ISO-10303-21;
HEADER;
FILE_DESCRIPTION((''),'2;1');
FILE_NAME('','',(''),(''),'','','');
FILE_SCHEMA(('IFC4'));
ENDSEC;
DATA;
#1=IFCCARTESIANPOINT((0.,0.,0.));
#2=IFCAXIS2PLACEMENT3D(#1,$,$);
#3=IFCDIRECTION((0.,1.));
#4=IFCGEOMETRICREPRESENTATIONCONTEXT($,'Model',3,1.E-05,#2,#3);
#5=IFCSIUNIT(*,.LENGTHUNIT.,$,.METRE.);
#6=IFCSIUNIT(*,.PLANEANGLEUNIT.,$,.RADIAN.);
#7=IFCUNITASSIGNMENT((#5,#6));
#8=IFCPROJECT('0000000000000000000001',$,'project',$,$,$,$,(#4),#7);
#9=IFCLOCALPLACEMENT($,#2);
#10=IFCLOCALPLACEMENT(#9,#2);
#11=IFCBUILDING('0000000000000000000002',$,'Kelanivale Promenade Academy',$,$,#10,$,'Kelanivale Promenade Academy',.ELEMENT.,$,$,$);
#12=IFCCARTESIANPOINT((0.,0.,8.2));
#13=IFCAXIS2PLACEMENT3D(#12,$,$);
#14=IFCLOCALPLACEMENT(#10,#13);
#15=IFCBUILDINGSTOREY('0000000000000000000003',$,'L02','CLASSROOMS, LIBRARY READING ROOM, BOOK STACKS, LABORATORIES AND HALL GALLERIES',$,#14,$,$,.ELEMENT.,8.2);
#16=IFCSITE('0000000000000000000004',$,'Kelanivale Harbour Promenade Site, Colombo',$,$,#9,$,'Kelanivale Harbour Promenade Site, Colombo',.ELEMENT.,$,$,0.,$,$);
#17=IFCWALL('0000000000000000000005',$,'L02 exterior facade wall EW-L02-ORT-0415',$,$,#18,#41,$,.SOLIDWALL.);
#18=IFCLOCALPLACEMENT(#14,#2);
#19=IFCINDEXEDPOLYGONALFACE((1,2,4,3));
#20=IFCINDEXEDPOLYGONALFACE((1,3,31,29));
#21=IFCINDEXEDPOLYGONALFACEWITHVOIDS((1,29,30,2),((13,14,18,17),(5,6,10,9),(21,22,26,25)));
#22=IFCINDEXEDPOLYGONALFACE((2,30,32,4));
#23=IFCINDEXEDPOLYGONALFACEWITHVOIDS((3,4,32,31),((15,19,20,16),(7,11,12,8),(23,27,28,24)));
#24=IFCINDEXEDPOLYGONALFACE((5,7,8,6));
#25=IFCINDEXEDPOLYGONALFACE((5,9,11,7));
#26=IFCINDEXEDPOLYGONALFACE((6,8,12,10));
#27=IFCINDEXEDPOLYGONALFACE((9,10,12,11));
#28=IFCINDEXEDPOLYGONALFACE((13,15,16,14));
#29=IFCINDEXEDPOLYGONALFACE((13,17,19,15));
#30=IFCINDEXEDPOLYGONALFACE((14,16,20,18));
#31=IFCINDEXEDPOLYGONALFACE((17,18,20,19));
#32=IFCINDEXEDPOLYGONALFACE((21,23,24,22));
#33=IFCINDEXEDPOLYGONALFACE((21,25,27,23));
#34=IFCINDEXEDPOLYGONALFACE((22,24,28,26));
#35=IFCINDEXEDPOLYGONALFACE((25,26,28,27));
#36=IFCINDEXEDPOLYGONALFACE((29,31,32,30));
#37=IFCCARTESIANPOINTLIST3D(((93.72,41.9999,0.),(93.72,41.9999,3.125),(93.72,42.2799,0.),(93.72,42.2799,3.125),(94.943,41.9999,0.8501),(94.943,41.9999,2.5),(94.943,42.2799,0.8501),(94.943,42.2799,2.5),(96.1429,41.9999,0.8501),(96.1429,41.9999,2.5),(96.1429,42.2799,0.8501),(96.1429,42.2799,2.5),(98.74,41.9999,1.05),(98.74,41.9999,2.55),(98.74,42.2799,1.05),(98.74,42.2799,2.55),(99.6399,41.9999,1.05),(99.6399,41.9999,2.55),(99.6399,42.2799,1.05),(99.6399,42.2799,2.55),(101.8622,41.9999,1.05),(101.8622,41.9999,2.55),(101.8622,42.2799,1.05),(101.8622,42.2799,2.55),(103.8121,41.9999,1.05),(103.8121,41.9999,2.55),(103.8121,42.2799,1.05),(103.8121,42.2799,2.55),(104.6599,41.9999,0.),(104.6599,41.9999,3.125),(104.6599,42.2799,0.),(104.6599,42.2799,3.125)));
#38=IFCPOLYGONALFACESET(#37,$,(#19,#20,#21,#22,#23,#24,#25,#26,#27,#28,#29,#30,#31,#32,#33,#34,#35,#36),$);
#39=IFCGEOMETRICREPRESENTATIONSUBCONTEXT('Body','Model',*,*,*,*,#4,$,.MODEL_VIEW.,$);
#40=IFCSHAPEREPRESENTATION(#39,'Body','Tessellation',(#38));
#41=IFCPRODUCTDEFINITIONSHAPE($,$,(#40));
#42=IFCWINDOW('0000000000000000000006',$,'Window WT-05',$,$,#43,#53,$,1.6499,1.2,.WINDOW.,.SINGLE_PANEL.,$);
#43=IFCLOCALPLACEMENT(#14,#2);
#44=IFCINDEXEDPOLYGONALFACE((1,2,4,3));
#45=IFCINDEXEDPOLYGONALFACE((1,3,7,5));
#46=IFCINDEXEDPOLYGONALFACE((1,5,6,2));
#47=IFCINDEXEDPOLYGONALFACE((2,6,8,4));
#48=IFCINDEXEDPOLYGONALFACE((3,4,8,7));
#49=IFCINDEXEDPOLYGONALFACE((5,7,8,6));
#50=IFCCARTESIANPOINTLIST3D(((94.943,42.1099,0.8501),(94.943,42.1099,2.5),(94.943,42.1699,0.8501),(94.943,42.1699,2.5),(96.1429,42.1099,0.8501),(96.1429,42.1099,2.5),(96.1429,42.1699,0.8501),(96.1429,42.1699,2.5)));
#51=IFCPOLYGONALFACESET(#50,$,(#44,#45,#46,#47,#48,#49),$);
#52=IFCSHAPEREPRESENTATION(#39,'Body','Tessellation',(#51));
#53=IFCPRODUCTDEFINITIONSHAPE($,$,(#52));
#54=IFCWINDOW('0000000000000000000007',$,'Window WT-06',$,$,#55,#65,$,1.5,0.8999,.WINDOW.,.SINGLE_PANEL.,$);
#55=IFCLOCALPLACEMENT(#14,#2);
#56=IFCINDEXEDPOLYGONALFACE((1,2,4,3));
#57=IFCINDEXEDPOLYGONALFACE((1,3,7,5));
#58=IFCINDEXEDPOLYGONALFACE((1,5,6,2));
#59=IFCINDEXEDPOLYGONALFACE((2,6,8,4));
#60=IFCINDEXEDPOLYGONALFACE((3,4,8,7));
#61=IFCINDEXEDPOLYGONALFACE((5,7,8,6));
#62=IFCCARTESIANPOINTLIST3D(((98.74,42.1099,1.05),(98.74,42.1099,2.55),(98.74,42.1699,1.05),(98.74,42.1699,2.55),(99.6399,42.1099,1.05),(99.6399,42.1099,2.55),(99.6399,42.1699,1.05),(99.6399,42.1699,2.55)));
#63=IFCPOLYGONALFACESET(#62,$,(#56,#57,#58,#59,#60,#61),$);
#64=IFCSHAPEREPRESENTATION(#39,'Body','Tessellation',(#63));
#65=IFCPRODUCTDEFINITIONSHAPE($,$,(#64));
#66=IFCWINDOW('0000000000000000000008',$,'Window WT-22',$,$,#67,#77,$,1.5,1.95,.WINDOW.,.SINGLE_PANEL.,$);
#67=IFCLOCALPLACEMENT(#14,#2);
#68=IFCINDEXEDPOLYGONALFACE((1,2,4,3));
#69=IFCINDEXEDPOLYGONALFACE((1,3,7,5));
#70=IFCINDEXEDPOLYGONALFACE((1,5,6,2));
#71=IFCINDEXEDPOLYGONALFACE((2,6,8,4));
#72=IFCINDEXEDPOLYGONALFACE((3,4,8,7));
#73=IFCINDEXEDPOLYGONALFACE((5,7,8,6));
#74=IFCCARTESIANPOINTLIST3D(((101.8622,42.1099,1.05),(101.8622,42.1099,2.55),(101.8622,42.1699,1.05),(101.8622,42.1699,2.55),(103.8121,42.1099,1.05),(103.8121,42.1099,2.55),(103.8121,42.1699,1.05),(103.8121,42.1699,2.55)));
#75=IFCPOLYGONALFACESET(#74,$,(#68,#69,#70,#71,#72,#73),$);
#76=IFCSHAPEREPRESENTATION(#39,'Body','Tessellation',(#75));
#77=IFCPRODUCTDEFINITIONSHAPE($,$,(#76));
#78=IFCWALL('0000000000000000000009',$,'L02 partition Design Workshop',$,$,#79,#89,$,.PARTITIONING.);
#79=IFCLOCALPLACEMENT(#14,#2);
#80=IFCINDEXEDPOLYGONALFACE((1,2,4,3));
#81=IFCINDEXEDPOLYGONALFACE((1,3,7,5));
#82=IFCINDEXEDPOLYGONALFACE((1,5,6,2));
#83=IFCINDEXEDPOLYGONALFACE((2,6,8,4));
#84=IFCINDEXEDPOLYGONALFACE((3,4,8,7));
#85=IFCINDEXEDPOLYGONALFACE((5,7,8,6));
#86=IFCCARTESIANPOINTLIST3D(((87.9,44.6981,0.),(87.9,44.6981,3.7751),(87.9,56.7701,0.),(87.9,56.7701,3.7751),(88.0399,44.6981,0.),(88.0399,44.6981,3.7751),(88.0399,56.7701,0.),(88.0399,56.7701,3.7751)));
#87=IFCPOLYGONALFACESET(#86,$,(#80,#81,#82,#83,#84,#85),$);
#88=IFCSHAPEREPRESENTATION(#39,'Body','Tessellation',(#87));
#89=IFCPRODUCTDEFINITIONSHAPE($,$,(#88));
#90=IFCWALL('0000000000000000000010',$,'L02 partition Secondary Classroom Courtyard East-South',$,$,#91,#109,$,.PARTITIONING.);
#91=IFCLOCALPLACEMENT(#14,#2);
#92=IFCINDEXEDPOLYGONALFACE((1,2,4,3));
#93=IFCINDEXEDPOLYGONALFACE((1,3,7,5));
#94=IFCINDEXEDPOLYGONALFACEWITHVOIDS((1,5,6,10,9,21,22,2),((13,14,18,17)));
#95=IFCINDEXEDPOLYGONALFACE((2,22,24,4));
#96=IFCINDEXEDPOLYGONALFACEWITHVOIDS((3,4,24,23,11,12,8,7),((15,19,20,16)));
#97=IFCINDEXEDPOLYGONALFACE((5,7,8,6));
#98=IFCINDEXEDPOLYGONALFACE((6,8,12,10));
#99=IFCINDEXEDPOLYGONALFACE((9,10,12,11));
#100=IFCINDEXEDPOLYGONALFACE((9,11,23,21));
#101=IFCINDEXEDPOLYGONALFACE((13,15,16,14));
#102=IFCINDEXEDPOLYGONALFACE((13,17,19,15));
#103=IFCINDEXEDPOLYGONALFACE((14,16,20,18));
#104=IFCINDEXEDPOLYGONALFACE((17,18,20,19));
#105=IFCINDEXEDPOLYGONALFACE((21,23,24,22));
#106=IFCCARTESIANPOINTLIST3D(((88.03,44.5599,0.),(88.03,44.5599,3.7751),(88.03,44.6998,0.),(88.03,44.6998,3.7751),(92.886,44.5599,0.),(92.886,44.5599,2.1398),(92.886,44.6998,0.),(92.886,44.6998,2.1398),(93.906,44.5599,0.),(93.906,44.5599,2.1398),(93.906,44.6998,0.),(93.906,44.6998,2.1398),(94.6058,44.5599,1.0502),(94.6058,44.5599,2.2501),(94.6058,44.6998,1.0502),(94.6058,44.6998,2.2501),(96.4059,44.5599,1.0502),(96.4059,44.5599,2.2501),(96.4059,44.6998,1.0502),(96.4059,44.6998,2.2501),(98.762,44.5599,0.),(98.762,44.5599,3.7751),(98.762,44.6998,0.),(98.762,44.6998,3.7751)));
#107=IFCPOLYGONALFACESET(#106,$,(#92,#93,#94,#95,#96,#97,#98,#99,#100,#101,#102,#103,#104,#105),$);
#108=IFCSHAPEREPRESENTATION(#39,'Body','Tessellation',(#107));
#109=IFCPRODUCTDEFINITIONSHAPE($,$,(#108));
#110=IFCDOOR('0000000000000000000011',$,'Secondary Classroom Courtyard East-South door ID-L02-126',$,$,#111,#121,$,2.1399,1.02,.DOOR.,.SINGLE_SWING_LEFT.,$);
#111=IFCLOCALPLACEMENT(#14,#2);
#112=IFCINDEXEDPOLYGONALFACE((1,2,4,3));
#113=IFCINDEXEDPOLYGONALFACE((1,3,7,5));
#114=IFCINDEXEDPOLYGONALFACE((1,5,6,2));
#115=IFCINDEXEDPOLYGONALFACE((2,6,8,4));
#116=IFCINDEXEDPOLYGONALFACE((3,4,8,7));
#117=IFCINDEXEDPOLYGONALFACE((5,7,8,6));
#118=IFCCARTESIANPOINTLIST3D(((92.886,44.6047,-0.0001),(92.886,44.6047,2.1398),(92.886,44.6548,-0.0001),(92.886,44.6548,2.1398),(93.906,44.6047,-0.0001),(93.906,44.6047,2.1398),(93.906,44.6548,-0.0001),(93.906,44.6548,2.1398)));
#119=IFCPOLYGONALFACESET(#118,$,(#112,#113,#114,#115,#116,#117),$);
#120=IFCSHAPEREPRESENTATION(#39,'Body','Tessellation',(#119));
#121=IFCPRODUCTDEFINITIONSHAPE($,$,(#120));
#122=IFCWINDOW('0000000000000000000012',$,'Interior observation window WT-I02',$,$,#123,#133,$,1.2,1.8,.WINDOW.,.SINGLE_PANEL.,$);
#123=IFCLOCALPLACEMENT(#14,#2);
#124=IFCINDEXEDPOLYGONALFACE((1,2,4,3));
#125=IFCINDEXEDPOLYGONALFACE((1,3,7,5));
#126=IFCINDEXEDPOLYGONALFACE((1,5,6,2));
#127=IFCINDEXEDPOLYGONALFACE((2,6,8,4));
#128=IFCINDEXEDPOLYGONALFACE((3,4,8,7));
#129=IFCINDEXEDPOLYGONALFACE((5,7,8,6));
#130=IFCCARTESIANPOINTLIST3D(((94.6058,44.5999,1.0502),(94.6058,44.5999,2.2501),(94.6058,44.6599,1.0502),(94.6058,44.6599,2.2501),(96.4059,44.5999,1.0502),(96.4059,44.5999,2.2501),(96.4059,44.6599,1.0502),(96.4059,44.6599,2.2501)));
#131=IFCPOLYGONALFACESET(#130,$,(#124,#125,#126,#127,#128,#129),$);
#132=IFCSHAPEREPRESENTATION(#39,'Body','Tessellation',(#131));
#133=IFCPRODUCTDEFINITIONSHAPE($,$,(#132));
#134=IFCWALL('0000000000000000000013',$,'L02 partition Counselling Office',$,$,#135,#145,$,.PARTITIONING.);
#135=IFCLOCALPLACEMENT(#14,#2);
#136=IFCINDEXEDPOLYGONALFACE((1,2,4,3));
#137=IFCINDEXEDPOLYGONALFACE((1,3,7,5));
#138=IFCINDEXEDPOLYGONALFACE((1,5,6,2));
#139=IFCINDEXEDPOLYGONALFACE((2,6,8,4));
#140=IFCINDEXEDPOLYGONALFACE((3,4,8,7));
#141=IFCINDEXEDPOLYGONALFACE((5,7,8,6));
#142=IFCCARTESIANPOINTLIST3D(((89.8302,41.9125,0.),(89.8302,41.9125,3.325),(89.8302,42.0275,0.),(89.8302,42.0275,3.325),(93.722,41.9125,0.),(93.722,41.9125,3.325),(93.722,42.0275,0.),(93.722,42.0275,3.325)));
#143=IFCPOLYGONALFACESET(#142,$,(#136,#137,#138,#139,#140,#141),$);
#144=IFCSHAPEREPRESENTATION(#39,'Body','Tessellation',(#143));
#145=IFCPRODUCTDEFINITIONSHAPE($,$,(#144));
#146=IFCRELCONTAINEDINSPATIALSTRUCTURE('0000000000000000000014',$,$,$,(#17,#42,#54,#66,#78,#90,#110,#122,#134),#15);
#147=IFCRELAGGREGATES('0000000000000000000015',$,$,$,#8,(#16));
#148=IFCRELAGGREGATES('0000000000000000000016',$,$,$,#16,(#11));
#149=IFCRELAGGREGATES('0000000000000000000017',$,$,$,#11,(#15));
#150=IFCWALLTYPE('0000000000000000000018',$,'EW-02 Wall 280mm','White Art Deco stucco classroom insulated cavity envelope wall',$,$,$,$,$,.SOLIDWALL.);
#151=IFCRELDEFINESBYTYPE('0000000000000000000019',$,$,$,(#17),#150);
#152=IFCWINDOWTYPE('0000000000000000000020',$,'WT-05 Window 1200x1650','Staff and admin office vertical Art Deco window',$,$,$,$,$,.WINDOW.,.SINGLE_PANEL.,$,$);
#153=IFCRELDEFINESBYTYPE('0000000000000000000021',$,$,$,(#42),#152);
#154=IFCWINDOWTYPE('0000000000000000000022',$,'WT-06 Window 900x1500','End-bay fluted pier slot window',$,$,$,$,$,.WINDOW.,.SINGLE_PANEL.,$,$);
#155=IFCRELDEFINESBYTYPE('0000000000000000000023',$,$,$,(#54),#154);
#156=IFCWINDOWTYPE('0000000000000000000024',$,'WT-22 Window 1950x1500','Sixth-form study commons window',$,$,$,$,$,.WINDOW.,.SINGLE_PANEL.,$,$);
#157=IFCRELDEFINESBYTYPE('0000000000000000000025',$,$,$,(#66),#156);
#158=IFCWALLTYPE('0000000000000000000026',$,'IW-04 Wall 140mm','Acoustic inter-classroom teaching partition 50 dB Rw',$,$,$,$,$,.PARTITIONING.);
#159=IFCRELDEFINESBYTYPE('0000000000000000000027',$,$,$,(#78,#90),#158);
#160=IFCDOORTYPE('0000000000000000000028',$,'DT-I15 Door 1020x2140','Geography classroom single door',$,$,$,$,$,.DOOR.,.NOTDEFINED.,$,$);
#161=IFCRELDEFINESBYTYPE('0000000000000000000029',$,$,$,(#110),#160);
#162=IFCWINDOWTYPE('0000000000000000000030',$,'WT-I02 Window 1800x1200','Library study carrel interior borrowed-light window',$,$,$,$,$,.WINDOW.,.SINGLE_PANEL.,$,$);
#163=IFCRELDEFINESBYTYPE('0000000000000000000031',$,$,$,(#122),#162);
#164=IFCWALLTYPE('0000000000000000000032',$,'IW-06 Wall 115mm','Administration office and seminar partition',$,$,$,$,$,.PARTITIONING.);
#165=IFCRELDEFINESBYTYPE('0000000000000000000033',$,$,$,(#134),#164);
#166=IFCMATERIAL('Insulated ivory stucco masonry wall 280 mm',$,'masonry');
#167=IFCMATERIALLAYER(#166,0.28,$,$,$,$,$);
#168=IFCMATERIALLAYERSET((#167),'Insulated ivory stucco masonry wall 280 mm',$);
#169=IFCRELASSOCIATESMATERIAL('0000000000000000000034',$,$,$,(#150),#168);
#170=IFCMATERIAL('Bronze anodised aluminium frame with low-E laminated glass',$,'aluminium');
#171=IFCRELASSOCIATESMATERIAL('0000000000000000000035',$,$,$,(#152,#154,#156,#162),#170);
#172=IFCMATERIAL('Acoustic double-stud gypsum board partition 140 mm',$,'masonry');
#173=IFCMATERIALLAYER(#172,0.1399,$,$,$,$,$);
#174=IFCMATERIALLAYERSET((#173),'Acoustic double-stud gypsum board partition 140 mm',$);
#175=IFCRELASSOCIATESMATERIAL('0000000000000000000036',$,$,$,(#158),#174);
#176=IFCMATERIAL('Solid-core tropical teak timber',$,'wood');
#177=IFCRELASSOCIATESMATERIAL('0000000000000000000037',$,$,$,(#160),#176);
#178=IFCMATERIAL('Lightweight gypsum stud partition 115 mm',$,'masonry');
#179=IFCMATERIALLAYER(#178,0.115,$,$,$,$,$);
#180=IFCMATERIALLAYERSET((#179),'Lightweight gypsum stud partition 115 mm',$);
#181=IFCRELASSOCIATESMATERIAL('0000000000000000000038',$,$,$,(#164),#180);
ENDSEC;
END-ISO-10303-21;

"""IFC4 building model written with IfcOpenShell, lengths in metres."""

from ifc_helpers import new_model, si_unit, direction, frame, frame_2d, origin, place, context, subcontext, project, spatial, rectangle, extrude, material, layer, layer_set, type_object, element, fill, save


model = new_model("IFC4")

# Units and contexts
model_context = context("Model", 3, precision=1e-05, world=origin(), true_north=direction((0.0, 1.0)))
body_context = subcontext(model_context, "Body", "Model", "MODEL_VIEW")
ifc_project = project(units=[si_unit("LENGTHUNIT", "METRE"), si_unit("PLANEANGLEUNIT", "RADIAN")], contexts=[model_context])

# Site, building, storey
site_placement = place(None, origin())
site = spatial("IfcSite", under=ifc_project, at=site_placement, Name="Kelanivale Harbour Promenade Site, Colombo", LongName="Kelanivale Harbour Promenade Site, Colombo", CompositionType="ELEMENT", RefElevation=0.0)
building_placement = place(site_placement, origin())
building = spatial("IfcBuilding", under=site, at=building_placement, Name="Kelanivale Promenade Academy", LongName="Kelanivale Promenade Academy", CompositionType="ELEMENT")
storey_placement = place(building_placement, frame((0.0, 0.0, 8.2)))
storey = spatial("IfcBuildingStorey", under=building, at=storey_placement, Name="L02", Description="CLASSROOMS, LIBRARY READING ROOM, BOOK STACKS, LABORATORIES AND HALL GALLERIES", CompositionType="ELEMENT", Elevation=8.2)

# Wall, openings, windows
ifc_material_1 = material(Name="Insulated ivory stucco masonry wall 280 mm", Category="masonry")
ifc_layer_1 = layer(ifc_material_1, 0.28)
ifc_layer_set_1 = layer_set([ifc_layer_1], Name="Insulated ivory stucco masonry wall 280 mm")
wall_type_1 = type_object("IfcWallType", Name="EW-02 Wall 280mm", Description="White Art Deco stucco classroom insulated cavity envelope wall", PredefinedType="SOLIDWALL", material=ifc_layer_set_1)
wall_1_placement = place(storey_placement, frame((93.72, 42.1399, 0.0), z_axis=(0.0, 0.0, 1.0), x_axis=(1.0, 0.0, 0.0)))
wall_1 = element("IfcWall", 1, at=wall_1_placement, inside=storey, type_object=wall_type_1, Name="L02 exterior facade wall EW-L02-ORT-0415", PredefinedType="SOLIDWALL", context=body_context, shape_type="SweptSolid", body=[
    extrude(rectangle(XDim=10.9399, YDim=0.28, at=frame_2d((5.47, 0.0))), origin(), (0.0, 0.0, 1.0), 3.125),
])
opening_1_placement = place(wall_1_placement, frame((1.2229, 0.0, 0.8501)))
opening_1 = element("IfcOpeningElement", 2, at=opening_1_placement, cuts=wall_1, PredefinedType="OPENING", context=body_context, shape_type="SweptSolid", body=[
    extrude(rectangle(XDim=1.2, YDim=1.6499, at=frame_2d((0.6001, 0.825))), frame((0.0, 0.1499, 0.0), z_axis=(0.0, -1.0, 0.0), x_axis=(1.0, 0.0, 0.0)), (0.0, 0.0, 1.0), 0.3),
])
opening_2_placement = place(wall_1_placement, frame((5.02, 0.0, 1.05)))
opening_2 = element("IfcOpeningElement", 3, at=opening_2_placement, cuts=wall_1, PredefinedType="OPENING", context=body_context, shape_type="SweptSolid", body=[
    extrude(rectangle(XDim=0.8999, YDim=1.5, at=frame_2d((0.45, 0.75))), frame((0.0, 0.1499, 0.0), z_axis=(0.0, -1.0, 0.0), x_axis=(1.0, 0.0, 0.0)), (0.0, 0.0, 1.0), 0.3),
])
opening_3_placement = place(wall_1_placement, frame((8.1421, 0.0, 1.05)))
opening_3 = element("IfcOpeningElement", 4, at=opening_3_placement, cuts=wall_1, PredefinedType="OPENING", context=body_context, shape_type="SweptSolid", body=[
    extrude(rectangle(XDim=1.95, YDim=1.5, at=frame_2d((0.9751, 0.75))), frame((0.0, 0.1499, 0.0), z_axis=(0.0, -1.0, 0.0), x_axis=(1.0, 0.0, 0.0)), (0.0, 0.0, 1.0), 0.3),
])
ifc_material_2 = material(Name="Bronze anodised aluminium frame with low-E laminated glass", Category="aluminium")
window_type_1 = type_object("IfcWindowType", Name="WT-05 Window 1200x1650", Description="Staff and admin office vertical Art Deco window", PartitioningType="SINGLE_PANEL", PredefinedType="WINDOW", material=ifc_material_2)
window_1_placement = place(opening_1_placement, origin())
window_1 = element("IfcWindow", 5, at=window_1_placement, inside=storey, type_object=window_type_1, Name="Window WT-05", OverallHeight=1.6499, OverallWidth=1.2, PartitioningType="SINGLE_PANEL", PredefinedType="WINDOW", context=body_context, shape_type="SweptSolid", body=[
    extrude(rectangle(XDim=1.2, YDim=1.6499, at=frame_2d((0.6001, 0.825))), frame((0.0, 0.03, 0.0), z_axis=(0.0, -1.0, 0.0), x_axis=(1.0, 0.0, 0.0)), (0.0, 0.0, 1.0), 0.0601),
])
fill(opening_1, window_1)
window_type_2 = type_object("IfcWindowType", Name="WT-06 Window 900x1500", Description="End-bay fluted pier slot window", PartitioningType="SINGLE_PANEL", PredefinedType="WINDOW", material=ifc_material_2)
window_2_placement = place(opening_2_placement, origin())
window_2 = element("IfcWindow", 6, at=window_2_placement, inside=storey, type_object=window_type_2, Name="Window WT-06", OverallHeight=1.5, OverallWidth=0.8999, PartitioningType="SINGLE_PANEL", PredefinedType="WINDOW", context=body_context, shape_type="SweptSolid", body=[
    extrude(rectangle(XDim=0.8999, YDim=1.5, at=frame_2d((0.45, 0.75))), frame((0.0, 0.03, 0.0), z_axis=(0.0, -1.0, 0.0), x_axis=(1.0, 0.0, 0.0)), (0.0, 0.0, 1.0), 0.0601),
])
fill(opening_2, window_2)
window_type_3 = type_object("IfcWindowType", Name="WT-22 Window 1950x1500", Description="Sixth-form study commons window", PartitioningType="SINGLE_PANEL", PredefinedType="WINDOW", material=ifc_material_2)
window_3_placement = place(opening_3_placement, origin())
window_3 = element("IfcWindow", 7, at=window_3_placement, inside=storey, type_object=window_type_3, Name="Window WT-22", OverallHeight=1.5, OverallWidth=1.95, PartitioningType="SINGLE_PANEL", PredefinedType="WINDOW", context=body_context, shape_type="SweptSolid", body=[
    extrude(rectangle(XDim=1.95, YDim=1.5, at=frame_2d((0.9751, 0.75))), frame((0.0, 0.03, 0.0), z_axis=(0.0, -1.0, 0.0), x_axis=(1.0, 0.0, 0.0)), (0.0, 0.0, 1.0), 0.0601),
])
fill(opening_3, window_3)

# Wall
ifc_material_3 = material(Name="Acoustic double-stud gypsum board partition 140 mm", Category="masonry")
ifc_layer_2 = layer(ifc_material_3, 0.1399)
ifc_layer_set_2 = layer_set([ifc_layer_2], Name="Acoustic double-stud gypsum board partition 140 mm")
wall_type_2 = type_object("IfcWallType", Name="IW-04 Wall 140mm", Description="Acoustic inter-classroom teaching partition 50 dB Rw", PredefinedType="PARTITIONING", material=ifc_layer_set_2)
wall_2_placement = place(storey_placement, frame((87.97, 44.698, 0.0), z_axis=(0.0, 0.0, 1.0), x_axis=(0.0, 1.0, 0.0)))
element("IfcWall", 8, at=wall_2_placement, inside=storey, type_object=wall_type_2, Name="L02 partition Design Workshop", PredefinedType="PARTITIONING", context=body_context, shape_type="SweptSolid", body=[
    extrude(rectangle(XDim=12.072, YDim=0.1399, at=frame_2d((6.0361, 0.0))), origin(), (0.0, 0.0, 1.0), 3.7751),
])

# Wall, openings, door, window
wall_3_placement = place(storey_placement, frame((88.03, 44.6299, 0.0), z_axis=(0.0, 0.0, 1.0), x_axis=(1.0, 0.0, 0.0)))
wall_3 = element("IfcWall", 9, at=wall_3_placement, inside=storey, type_object=wall_type_2, Name="L02 partition Secondary Classroom Courtyard East-South", PredefinedType="PARTITIONING", context=body_context, shape_type="SweptSolid", body=[
    extrude(rectangle(XDim=10.7319, YDim=0.1399, at=frame_2d((5.366, 0.0))), origin(), (0.0, 0.0, 1.0), 3.7751),
])
opening_4_placement = place(wall_3_placement, frame((4.856, 0.0, 0.0)))
opening_4 = element("IfcOpeningElement", 10, at=opening_4_placement, cuts=wall_3, PredefinedType="OPENING", context=body_context, shape_type="SweptSolid", body=[
    extrude(rectangle(XDim=1.02, YDim=2.1399, at=frame_2d((0.51, 1.0698))), frame((0.0, 0.0801, 0.0), z_axis=(0.0, -1.0, 0.0), x_axis=(1.0, 0.0, 0.0)), (0.0, 0.0, 1.0), 0.1599),
])
opening_5_placement = place(wall_3_placement, frame((6.5759, 0.0, 1.05)))
opening_5 = element("IfcOpeningElement", 11, at=opening_5_placement, cuts=wall_3, PredefinedType="OPENING", context=body_context, shape_type="SweptSolid", body=[
    extrude(rectangle(XDim=1.8, YDim=1.2, at=frame_2d((0.8999, 0.6001))), frame((0.0, 0.0801, 0.0), z_axis=(0.0, -1.0, 0.0), x_axis=(1.0, 0.0, 0.0)), (0.0, 0.0, 1.0), 0.1599),
])
ifc_material_4 = material(Name="Solid-core tropical teak timber", Category="wood")
door_type_1 = type_object("IfcDoorType", Name="DT-I15 Door 1020x2140", Description="Geography classroom single door", OperationType="NOTDEFINED", PredefinedType="DOOR", material=ifc_material_4)
door_1_placement = place(opening_4_placement, origin())
door_1 = element("IfcDoor", 12, at=door_1_placement, inside=storey, type_object=door_type_1, Name="Secondary Classroom Courtyard East-South door ID-L02-126", OperationType="SINGLE_SWING_LEFT", OverallHeight=2.1399, OverallWidth=1.02, PredefinedType="DOOR", context=body_context, shape_type="SweptSolid", body=[
    extrude(rectangle(XDim=1.02, YDim=2.1399, at=frame_2d((0.51, 1.0698))), frame((0.0, 0.0249, 0.0), z_axis=(0.0, -1.0, 0.0), x_axis=(1.0, 0.0, 0.0)), (0.0, 0.0, 1.0), 0.05),
])
fill(opening_4, door_1)
window_type_4 = type_object("IfcWindowType", Name="WT-I02 Window 1800x1200", Description="Library study carrel interior borrowed-light window", PartitioningType="SINGLE_PANEL", PredefinedType="WINDOW", material=ifc_material_2)
window_4_placement = place(opening_5_placement, origin())
window_4 = element("IfcWindow", 13, at=window_4_placement, inside=storey, type_object=window_type_4, Name="Interior observation window WT-I02", OverallHeight=1.2, OverallWidth=1.8, PartitioningType="SINGLE_PANEL", PredefinedType="WINDOW", context=body_context, shape_type="SweptSolid", body=[
    extrude(rectangle(XDim=1.8, YDim=1.2, at=frame_2d((0.8999, 0.6001))), frame((0.0, 0.03, 0.0), z_axis=(0.0, -1.0, 0.0), x_axis=(1.0, 0.0, 0.0)), (0.0, 0.0, 1.0), 0.0601),
])
fill(opening_5, window_4)

# Wall
ifc_material_5 = material(Name="Lightweight gypsum stud partition 115 mm", Category="masonry")
ifc_layer_3 = layer(ifc_material_5, 0.115)
ifc_layer_set_3 = layer_set([ifc_layer_3], Name="Lightweight gypsum stud partition 115 mm")
wall_type_3 = type_object("IfcWallType", Name="IW-06 Wall 115mm", Description="Administration office and seminar partition", PredefinedType="PARTITIONING", material=ifc_layer_set_3)
wall_4_placement = place(storey_placement, frame((93.7219, 41.97, 0.0), z_axis=(0.0, 0.0, 1.0), x_axis=(-1.0, 0.0, 0.0)))
element("IfcWall", 14, at=wall_4_placement, inside=storey, type_object=wall_type_3, Name="L02 partition Counselling Office", PredefinedType="PARTITIONING", context=body_context, shape_type="SweptSolid", body=[
    extrude(rectangle(XDim=3.8918, YDim=0.115, at=frame_2d((1.9458, 0.0))), origin(), (0.0, 0.0, 1.0), 3.325),
])

save(model, "model.ifc")
